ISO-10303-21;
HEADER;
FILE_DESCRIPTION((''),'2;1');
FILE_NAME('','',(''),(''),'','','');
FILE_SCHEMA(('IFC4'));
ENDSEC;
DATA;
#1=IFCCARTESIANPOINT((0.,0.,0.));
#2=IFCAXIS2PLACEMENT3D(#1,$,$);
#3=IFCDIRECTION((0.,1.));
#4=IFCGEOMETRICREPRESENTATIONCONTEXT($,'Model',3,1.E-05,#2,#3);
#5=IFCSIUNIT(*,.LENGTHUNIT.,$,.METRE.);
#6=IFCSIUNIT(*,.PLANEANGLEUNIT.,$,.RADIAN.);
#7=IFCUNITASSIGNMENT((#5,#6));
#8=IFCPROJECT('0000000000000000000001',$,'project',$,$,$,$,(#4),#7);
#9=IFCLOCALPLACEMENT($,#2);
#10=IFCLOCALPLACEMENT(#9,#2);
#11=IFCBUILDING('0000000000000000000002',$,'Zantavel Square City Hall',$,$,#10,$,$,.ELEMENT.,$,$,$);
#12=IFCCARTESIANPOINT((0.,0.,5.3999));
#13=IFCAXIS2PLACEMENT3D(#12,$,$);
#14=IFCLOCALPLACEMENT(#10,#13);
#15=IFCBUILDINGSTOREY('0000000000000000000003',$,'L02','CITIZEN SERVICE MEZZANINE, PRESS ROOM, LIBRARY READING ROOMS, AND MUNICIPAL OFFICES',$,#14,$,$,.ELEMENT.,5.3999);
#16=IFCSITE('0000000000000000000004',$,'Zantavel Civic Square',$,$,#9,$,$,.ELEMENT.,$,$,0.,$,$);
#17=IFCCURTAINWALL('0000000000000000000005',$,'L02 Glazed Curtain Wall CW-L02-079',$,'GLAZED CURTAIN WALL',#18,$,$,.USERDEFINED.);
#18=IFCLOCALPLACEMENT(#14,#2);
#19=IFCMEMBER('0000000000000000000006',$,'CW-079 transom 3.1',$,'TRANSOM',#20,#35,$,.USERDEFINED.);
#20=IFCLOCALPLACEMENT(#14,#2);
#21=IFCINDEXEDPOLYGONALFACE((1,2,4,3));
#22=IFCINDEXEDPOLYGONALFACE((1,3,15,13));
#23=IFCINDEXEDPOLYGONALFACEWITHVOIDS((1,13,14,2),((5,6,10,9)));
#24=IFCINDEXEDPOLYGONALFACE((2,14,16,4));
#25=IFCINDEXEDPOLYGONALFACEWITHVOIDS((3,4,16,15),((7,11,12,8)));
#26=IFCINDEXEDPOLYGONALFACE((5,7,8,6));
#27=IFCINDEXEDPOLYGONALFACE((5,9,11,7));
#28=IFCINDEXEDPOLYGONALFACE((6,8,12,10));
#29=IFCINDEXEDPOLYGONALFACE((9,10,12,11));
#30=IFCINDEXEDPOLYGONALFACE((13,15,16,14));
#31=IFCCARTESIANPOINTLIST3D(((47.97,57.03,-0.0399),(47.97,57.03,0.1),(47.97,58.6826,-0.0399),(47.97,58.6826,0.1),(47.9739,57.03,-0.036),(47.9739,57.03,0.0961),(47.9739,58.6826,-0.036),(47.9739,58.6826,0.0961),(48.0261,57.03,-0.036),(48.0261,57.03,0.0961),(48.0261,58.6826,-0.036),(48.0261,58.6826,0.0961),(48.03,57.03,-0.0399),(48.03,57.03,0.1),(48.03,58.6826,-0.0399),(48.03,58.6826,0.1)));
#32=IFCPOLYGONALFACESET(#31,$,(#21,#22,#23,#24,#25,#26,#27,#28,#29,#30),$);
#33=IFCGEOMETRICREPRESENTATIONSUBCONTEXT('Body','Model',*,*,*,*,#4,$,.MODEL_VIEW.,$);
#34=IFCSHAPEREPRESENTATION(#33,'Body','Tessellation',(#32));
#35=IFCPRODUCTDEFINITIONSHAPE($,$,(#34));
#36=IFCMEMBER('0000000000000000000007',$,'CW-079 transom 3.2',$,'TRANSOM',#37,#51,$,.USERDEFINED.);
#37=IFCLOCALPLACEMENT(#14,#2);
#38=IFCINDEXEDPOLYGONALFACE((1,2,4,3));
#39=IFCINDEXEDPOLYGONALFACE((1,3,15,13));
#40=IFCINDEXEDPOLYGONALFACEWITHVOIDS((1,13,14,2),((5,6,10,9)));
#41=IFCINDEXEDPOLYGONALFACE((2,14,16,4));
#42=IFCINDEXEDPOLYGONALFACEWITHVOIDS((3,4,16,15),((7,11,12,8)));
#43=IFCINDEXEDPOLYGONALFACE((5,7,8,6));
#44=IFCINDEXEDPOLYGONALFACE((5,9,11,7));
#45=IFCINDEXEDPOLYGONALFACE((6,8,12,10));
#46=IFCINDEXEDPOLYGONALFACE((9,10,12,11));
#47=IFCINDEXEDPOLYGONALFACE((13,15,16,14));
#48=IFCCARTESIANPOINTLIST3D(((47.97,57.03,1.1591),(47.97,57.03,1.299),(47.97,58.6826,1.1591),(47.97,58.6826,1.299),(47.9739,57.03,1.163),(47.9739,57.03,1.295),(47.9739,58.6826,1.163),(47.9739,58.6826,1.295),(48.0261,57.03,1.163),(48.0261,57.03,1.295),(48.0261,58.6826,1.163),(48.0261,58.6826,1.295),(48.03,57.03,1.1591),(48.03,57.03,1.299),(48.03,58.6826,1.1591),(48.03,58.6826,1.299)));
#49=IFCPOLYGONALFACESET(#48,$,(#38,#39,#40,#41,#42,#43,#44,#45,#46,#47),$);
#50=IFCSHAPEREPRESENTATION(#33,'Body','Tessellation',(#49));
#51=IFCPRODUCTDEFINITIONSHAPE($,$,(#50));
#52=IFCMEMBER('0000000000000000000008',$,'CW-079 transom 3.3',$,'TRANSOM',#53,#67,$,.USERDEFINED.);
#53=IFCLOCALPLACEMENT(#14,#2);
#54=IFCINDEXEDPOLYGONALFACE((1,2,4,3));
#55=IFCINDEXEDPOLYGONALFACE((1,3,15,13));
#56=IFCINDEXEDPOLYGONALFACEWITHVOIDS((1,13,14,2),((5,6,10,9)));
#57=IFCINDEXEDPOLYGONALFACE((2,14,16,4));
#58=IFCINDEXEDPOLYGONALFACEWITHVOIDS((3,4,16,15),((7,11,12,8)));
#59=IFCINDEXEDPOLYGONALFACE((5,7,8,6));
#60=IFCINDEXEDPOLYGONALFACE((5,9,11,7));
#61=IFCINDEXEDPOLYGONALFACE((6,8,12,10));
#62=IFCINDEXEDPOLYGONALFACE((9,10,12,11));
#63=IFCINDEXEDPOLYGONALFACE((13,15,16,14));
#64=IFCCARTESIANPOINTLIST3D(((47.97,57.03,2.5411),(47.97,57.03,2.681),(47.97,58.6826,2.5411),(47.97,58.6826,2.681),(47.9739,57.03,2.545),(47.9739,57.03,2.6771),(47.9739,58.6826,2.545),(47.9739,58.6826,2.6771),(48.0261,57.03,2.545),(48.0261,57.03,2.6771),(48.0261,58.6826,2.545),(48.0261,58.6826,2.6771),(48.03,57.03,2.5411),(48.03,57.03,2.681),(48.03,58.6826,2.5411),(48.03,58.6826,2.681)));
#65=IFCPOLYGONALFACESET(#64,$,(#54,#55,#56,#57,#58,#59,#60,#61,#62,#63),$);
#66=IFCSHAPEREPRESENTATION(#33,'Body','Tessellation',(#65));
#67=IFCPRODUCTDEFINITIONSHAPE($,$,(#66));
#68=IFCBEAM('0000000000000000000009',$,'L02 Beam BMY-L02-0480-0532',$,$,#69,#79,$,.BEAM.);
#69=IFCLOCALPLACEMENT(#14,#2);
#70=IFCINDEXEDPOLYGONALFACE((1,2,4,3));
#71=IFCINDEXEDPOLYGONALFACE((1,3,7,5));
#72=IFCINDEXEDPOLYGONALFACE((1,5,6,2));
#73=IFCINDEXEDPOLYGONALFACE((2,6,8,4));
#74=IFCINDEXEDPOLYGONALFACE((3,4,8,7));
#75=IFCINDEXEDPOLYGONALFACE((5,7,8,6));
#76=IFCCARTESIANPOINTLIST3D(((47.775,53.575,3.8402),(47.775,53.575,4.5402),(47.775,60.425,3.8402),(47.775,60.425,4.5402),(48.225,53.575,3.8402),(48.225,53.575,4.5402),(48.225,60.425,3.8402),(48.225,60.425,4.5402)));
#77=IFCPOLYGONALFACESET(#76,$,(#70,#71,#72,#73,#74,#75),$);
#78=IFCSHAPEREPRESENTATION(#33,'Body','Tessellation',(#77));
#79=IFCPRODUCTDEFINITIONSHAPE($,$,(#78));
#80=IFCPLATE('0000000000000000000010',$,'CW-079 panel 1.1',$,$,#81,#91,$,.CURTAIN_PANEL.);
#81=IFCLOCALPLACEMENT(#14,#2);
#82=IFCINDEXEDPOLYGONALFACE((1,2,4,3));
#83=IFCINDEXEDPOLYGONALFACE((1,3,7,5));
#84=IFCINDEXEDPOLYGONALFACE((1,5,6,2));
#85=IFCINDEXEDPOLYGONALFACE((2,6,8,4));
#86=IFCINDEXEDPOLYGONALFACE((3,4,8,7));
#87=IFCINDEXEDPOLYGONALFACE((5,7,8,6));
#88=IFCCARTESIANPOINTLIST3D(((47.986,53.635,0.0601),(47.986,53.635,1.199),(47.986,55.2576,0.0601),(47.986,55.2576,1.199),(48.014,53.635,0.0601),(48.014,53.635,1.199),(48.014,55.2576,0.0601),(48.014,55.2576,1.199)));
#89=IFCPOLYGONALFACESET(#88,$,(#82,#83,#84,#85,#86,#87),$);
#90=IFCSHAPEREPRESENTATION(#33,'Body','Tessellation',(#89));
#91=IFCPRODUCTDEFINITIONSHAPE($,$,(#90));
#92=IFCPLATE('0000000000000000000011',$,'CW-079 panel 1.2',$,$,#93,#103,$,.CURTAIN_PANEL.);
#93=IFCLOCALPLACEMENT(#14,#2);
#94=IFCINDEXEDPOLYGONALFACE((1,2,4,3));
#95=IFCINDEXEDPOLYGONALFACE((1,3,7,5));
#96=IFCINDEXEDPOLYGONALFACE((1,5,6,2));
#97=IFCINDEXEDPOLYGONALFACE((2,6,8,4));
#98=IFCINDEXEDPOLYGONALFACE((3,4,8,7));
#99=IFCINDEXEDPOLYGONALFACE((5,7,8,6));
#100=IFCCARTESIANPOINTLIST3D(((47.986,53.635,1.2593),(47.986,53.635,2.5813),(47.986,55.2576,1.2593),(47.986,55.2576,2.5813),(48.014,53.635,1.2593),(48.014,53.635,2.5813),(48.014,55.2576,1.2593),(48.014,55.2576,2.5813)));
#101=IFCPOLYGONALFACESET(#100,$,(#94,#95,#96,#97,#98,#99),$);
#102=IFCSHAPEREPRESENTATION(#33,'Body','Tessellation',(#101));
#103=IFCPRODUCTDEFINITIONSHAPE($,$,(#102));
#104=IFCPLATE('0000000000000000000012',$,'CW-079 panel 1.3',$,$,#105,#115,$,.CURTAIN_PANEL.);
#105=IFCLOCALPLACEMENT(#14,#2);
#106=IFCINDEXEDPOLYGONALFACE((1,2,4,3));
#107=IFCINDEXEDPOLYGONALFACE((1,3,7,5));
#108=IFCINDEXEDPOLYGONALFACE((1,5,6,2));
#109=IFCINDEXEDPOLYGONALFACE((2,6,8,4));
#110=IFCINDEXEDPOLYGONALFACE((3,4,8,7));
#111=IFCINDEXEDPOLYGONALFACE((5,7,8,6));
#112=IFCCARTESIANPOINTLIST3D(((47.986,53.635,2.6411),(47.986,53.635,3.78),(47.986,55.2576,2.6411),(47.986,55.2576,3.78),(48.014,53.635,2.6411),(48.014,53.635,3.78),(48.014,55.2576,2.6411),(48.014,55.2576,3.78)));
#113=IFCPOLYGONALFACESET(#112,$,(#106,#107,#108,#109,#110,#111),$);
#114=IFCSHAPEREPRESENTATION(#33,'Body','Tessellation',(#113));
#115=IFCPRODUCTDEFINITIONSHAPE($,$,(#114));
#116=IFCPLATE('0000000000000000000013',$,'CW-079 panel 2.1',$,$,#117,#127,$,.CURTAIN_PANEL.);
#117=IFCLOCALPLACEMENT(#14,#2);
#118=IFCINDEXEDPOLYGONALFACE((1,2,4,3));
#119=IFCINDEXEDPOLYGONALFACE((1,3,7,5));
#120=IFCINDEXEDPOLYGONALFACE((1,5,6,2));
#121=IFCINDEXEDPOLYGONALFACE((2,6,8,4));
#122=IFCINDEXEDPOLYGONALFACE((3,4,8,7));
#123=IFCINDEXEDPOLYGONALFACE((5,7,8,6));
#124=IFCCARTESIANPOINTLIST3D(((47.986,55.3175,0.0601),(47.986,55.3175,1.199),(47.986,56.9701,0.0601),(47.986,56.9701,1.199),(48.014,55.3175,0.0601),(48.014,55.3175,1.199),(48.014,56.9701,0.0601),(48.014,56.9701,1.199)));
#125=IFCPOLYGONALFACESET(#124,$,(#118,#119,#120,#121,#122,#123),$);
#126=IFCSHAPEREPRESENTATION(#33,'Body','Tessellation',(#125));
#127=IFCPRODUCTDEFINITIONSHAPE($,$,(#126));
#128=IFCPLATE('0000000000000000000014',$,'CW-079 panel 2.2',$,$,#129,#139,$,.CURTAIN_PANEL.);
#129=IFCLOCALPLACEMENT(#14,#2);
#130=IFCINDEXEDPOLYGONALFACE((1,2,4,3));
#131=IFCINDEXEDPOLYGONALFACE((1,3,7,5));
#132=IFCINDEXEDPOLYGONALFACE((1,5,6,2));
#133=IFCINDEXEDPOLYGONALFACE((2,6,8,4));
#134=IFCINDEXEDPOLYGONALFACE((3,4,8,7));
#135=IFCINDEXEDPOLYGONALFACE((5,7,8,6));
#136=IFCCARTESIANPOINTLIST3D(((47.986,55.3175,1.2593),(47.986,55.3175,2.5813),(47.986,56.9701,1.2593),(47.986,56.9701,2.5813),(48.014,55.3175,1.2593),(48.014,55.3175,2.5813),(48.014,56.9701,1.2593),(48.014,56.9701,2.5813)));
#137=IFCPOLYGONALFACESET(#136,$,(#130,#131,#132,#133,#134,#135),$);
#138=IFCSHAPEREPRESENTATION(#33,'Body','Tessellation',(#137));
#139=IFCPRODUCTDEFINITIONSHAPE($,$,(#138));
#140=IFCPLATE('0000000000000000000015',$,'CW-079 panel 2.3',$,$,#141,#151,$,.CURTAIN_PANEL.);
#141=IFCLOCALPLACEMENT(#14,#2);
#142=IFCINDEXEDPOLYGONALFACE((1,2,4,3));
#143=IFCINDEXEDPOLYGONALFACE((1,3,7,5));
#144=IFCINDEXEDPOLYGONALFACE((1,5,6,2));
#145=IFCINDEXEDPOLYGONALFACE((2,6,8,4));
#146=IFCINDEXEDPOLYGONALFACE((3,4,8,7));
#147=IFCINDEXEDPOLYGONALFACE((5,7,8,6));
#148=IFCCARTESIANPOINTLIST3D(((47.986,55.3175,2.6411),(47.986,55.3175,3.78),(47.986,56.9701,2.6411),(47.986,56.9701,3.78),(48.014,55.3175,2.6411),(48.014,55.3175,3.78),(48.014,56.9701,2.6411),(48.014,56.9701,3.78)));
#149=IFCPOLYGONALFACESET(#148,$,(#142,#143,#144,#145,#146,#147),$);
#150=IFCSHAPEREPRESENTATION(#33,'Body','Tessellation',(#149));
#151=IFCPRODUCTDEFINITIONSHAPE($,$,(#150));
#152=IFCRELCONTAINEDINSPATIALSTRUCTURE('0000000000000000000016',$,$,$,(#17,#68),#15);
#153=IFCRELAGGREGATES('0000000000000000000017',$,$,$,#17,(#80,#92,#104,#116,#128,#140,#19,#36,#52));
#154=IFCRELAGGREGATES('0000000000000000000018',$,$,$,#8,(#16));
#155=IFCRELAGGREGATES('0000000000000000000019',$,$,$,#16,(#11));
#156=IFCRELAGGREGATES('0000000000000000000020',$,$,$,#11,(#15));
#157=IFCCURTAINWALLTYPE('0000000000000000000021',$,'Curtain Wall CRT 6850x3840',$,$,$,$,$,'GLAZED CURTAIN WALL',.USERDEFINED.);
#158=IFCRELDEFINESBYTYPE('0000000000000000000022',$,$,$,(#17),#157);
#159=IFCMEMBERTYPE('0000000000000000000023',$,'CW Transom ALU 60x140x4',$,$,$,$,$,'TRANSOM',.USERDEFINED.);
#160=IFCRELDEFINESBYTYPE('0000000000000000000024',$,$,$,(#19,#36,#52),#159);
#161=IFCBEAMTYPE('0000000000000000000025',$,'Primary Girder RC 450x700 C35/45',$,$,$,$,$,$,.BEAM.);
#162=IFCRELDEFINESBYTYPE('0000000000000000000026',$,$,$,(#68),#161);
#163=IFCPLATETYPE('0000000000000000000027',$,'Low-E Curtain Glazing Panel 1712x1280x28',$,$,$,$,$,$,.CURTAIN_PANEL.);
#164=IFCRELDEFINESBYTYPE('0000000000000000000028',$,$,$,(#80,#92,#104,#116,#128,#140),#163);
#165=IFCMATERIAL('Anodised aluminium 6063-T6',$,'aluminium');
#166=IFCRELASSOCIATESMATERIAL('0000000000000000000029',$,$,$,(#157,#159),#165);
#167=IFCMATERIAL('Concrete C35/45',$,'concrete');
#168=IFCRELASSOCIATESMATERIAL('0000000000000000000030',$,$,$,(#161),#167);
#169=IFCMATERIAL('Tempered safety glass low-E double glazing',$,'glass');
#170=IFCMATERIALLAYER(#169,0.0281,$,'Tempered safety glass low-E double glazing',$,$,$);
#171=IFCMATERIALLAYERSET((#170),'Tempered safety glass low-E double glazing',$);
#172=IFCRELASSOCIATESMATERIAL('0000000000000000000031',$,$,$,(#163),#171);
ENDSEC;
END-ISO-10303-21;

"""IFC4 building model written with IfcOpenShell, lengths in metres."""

from ifc_helpers import new_model, si_unit, direction, frame, origin, origin_2d, place, context, subcontext, project, spatial, rectangle, hollow_rectangle, extrude, material, layer, layer_set, material_profile, profile_set, type_object, element, aggregate, save


model = new_model("IFC4")

# Units and contexts
model_context = context("Model", 3, precision=1e-05, world=origin(), true_north=direction((0.0, 1.0)))
body_context = subcontext(model_context, "Body", "Model", "MODEL_VIEW")
ifc_project = project(units=[si_unit("LENGTHUNIT", "METRE"), si_unit("PLANEANGLEUNIT", "RADIAN")], contexts=[model_context])

# Site, building, storey
site_placement = place(None, origin())
site = spatial("IfcSite", under=ifc_project, at=site_placement, Name="Zantavel Civic Square", CompositionType="ELEMENT", RefElevation=0.0)
building_placement = place(site_placement, origin())
building = spatial("IfcBuilding", under=site, at=building_placement, Name="Zantavel Square City Hall", CompositionType="ELEMENT")
storey_placement = place(building_placement, frame((0.0, 0.0, 5.3999)))
storey = spatial("IfcBuildingStorey", under=building, at=storey_placement, Name="L02", Description="CITIZEN SERVICE MEZZANINE, PRESS ROOM, LIBRARY READING ROOMS, AND MUNICIPAL OFFICES", CompositionType="ELEMENT", Elevation=5.3999)

# Curtain wall, members
ifc_material_1 = material(Name="Anodised aluminium 6063-T6", Category="aluminium")
curtain_wall_type = type_object("IfcCurtainWallType", Name="Curtain Wall CRT 6850x3840", ElementType="GLAZED CURTAIN WALL", PredefinedType="USERDEFINED", material=ifc_material_1)
curtain_wall_placement = place(storey_placement, origin())
curtain_wall = element("IfcCurtainWall", 1, at=curtain_wall_placement, inside=storey, type_object=curtain_wall_type, Name="L02 Glazed Curtain Wall CW-L02-079", ObjectType="GLAZED CURTAIN WALL", PredefinedType="USERDEFINED")
ifc_material_profile_1 = material_profile(ifc_material_1, hollow_rectangle(XDim=0.0601, YDim=0.1399, WallThickness=0.0039, at=origin_2d()), Name="ALU 60x140x4")
ifc_profile_set_1 = profile_set([ifc_material_profile_1], Name="Anodised aluminium 6063-T6")
member_type_1 = type_object("IfcMemberType", Name="CW Transom ALU 60x140x4", ElementType="TRANSOM", PredefinedType="USERDEFINED", material=ifc_profile_set_1)
member_1_placement = place(storey_placement, frame((48.0, 57.03, 0.03), z_axis=(0.0, 1.0, 0.0), x_axis=(-1.0, 0.0, 0.0)))
member_1 = element("IfcMember", 2, at=member_1_placement, type_object=member_type_1, Name="CW-079 transom 3.1", ObjectType="TRANSOM", PredefinedType="USERDEFINED", context=body_context, shape_type="SweptSolid", body=[
    extrude(hollow_rectangle(XDim=0.0601, YDim=0.1399, WallThickness=0.0039, at=origin_2d()), origin(), (0.0, 0.0, 1.0), 1.6526),
])
member_2_placement = place(storey_placement, frame((48.0, 57.03, 1.229), z_axis=(0.0, 1.0, 0.0), x_axis=(-1.0, 0.0, 0.0)))
member_2 = element("IfcMember", 3, at=member_2_placement, type_object=member_type_1, Name="CW-079 transom 3.2", ObjectType="TRANSOM", PredefinedType="USERDEFINED", context=body_context, shape_type="SweptSolid", body=[
    extrude(hollow_rectangle(XDim=0.0601, YDim=0.1399, WallThickness=0.0039, at=origin_2d()), origin(), (0.0, 0.0, 1.0), 1.6526),
])
member_3_placement = place(storey_placement, frame((48.0, 57.03, 2.6111), z_axis=(0.0, 1.0, 0.0), x_axis=(-1.0, 0.0, 0.0)))
member_3 = element("IfcMember", 4, at=member_3_placement, type_object=member_type_1, Name="CW-079 transom 3.3", ObjectType="TRANSOM", PredefinedType="USERDEFINED", context=body_context, shape_type="SweptSolid", body=[
    extrude(hollow_rectangle(XDim=0.0601, YDim=0.1399, WallThickness=0.0039, at=origin_2d()), origin(), (0.0, 0.0, 1.0), 1.6526),
])

# Beam
ifc_material_2 = material(Name="Concrete C35/45", Category="concrete")
ifc_material_profile_2 = material_profile(ifc_material_2, rectangle(XDim=0.45, YDim=0.7, at=origin_2d()), Name="RC 450x700")
ifc_profile_set_2 = profile_set([ifc_material_profile_2], Name="Concrete C35/45")
beam_type = type_object("IfcBeamType", Name="Primary Girder RC 450x700 C35/45", PredefinedType="BEAM", material=ifc_profile_set_2)
beam_placement = place(storey_placement, frame((48.0, 53.575, 4.1902), z_axis=(0.0, 1.0, 0.0), x_axis=(-1.0, 0.0, 0.0)))
element("IfcBeam", 5, at=beam_placement, inside=storey, type_object=beam_type, Name="L02 Beam BMY-L02-0480-0532", PredefinedType="BEAM", context=body_context, shape_type="SweptSolid", body=[
    extrude(rectangle(XDim=0.45, YDim=0.7, at=origin_2d()), origin(), (0.0, 0.0, 1.0), 6.8501),
])

# Plates
ifc_material_3 = material(Name="Tempered safety glass low-E double glazing", Category="glass")
ifc_layer = layer(ifc_material_3, 0.0281, Name="Tempered safety glass low-E double glazing")
ifc_layer_set = layer_set([ifc_layer], Name="Tempered safety glass low-E double glazing")
plate_type = type_object("IfcPlateType", Name="Low-E Curtain Glazing Panel 1712x1280x28", PredefinedType="CURTAIN_PANEL", material=ifc_layer_set)
plate_1_placement = place(storey_placement, frame((48.0, 54.4463, 0.0601), z_axis=(0.0, 0.0, 1.0), x_axis=(0.0, 1.0, 0.0)))
plate_1 = element("IfcPlate", 6, at=plate_1_placement, type_object=plate_type, Name="CW-079 panel 1.1", PredefinedType="CURTAIN_PANEL", context=body_context, shape_type="SweptSolid", body=[
    extrude(rectangle(XDim=1.6226, YDim=0.0281, at=origin_2d()), origin(), (0.0, 0.0, 1.0), 1.1389),
])
plate_2_placement = place(storey_placement, frame((48.0, 54.4463, 1.2593), z_axis=(0.0, 0.0, 1.0), x_axis=(0.0, 1.0, 0.0)))
plate_2 = element("IfcPlate", 7, at=plate_2_placement, type_object=plate_type, Name="CW-079 panel 1.2", PredefinedType="CURTAIN_PANEL", context=body_context, shape_type="SweptSolid", body=[
    extrude(rectangle(XDim=1.6226, YDim=0.0281, at=origin_2d()), origin(), (0.0, 0.0, 1.0), 1.322),
])
plate_3_placement = place(storey_placement, frame((48.0, 54.4463, 2.6411), z_axis=(0.0, 0.0, 1.0), x_axis=(0.0, 1.0, 0.0)))
plate_3 = element("IfcPlate", 8, at=plate_3_placement, type_object=plate_type, Name="CW-079 panel 1.3", PredefinedType="CURTAIN_PANEL", context=body_context, shape_type="SweptSolid", body=[
    extrude(rectangle(XDim=1.6226, YDim=0.0281, at=origin_2d()), origin(), (0.0, 0.0, 1.0), 1.1389),
])
plate_4_placement = place(storey_placement, frame((48.0, 56.1438, 0.0601), z_axis=(0.0, 0.0, 1.0), x_axis=(0.0, 1.0, 0.0)))
plate_4 = element("IfcPlate", 9, at=plate_4_placement, type_object=plate_type, Name="CW-079 panel 2.1", PredefinedType="CURTAIN_PANEL", context=body_context, shape_type="SweptSolid", body=[
    extrude(rectangle(XDim=1.6526, YDim=0.0281, at=origin_2d()), origin(), (0.0, 0.0, 1.0), 1.1389),
])
plate_5_placement = place(storey_placement, frame((48.0, 56.1438, 1.2593), z_axis=(0.0, 0.0, 1.0), x_axis=(0.0, 1.0, 0.0)))
plate_5 = element("IfcPlate", 10, at=plate_5_placement, type_object=plate_type, Name="CW-079 panel 2.2", PredefinedType="CURTAIN_PANEL", context=body_context, shape_type="SweptSolid", body=[
    extrude(rectangle(XDim=1.6526, YDim=0.0281, at=origin_2d()), origin(), (0.0, 0.0, 1.0), 1.322),
])
plate_6_placement = place(storey_placement, frame((48.0, 56.1438, 2.6411), z_axis=(0.0, 0.0, 1.0), x_axis=(0.0, 1.0, 0.0)))
plate_6 = element("IfcPlate", 11, at=plate_6_placement, type_object=plate_type, Name="CW-079 panel 2.3", PredefinedType="CURTAIN_PANEL", context=body_context, shape_type="SweptSolid", body=[
    extrude(rectangle(XDim=1.6526, YDim=0.0281, at=origin_2d()), origin(), (0.0, 0.0, 1.0), 1.1389),
])
aggregate(curtain_wall, [plate_1, plate_2, plate_3, plate_4, plate_5, plate_6, member_1, member_2, member_3])

save(model, "model.ifc")
